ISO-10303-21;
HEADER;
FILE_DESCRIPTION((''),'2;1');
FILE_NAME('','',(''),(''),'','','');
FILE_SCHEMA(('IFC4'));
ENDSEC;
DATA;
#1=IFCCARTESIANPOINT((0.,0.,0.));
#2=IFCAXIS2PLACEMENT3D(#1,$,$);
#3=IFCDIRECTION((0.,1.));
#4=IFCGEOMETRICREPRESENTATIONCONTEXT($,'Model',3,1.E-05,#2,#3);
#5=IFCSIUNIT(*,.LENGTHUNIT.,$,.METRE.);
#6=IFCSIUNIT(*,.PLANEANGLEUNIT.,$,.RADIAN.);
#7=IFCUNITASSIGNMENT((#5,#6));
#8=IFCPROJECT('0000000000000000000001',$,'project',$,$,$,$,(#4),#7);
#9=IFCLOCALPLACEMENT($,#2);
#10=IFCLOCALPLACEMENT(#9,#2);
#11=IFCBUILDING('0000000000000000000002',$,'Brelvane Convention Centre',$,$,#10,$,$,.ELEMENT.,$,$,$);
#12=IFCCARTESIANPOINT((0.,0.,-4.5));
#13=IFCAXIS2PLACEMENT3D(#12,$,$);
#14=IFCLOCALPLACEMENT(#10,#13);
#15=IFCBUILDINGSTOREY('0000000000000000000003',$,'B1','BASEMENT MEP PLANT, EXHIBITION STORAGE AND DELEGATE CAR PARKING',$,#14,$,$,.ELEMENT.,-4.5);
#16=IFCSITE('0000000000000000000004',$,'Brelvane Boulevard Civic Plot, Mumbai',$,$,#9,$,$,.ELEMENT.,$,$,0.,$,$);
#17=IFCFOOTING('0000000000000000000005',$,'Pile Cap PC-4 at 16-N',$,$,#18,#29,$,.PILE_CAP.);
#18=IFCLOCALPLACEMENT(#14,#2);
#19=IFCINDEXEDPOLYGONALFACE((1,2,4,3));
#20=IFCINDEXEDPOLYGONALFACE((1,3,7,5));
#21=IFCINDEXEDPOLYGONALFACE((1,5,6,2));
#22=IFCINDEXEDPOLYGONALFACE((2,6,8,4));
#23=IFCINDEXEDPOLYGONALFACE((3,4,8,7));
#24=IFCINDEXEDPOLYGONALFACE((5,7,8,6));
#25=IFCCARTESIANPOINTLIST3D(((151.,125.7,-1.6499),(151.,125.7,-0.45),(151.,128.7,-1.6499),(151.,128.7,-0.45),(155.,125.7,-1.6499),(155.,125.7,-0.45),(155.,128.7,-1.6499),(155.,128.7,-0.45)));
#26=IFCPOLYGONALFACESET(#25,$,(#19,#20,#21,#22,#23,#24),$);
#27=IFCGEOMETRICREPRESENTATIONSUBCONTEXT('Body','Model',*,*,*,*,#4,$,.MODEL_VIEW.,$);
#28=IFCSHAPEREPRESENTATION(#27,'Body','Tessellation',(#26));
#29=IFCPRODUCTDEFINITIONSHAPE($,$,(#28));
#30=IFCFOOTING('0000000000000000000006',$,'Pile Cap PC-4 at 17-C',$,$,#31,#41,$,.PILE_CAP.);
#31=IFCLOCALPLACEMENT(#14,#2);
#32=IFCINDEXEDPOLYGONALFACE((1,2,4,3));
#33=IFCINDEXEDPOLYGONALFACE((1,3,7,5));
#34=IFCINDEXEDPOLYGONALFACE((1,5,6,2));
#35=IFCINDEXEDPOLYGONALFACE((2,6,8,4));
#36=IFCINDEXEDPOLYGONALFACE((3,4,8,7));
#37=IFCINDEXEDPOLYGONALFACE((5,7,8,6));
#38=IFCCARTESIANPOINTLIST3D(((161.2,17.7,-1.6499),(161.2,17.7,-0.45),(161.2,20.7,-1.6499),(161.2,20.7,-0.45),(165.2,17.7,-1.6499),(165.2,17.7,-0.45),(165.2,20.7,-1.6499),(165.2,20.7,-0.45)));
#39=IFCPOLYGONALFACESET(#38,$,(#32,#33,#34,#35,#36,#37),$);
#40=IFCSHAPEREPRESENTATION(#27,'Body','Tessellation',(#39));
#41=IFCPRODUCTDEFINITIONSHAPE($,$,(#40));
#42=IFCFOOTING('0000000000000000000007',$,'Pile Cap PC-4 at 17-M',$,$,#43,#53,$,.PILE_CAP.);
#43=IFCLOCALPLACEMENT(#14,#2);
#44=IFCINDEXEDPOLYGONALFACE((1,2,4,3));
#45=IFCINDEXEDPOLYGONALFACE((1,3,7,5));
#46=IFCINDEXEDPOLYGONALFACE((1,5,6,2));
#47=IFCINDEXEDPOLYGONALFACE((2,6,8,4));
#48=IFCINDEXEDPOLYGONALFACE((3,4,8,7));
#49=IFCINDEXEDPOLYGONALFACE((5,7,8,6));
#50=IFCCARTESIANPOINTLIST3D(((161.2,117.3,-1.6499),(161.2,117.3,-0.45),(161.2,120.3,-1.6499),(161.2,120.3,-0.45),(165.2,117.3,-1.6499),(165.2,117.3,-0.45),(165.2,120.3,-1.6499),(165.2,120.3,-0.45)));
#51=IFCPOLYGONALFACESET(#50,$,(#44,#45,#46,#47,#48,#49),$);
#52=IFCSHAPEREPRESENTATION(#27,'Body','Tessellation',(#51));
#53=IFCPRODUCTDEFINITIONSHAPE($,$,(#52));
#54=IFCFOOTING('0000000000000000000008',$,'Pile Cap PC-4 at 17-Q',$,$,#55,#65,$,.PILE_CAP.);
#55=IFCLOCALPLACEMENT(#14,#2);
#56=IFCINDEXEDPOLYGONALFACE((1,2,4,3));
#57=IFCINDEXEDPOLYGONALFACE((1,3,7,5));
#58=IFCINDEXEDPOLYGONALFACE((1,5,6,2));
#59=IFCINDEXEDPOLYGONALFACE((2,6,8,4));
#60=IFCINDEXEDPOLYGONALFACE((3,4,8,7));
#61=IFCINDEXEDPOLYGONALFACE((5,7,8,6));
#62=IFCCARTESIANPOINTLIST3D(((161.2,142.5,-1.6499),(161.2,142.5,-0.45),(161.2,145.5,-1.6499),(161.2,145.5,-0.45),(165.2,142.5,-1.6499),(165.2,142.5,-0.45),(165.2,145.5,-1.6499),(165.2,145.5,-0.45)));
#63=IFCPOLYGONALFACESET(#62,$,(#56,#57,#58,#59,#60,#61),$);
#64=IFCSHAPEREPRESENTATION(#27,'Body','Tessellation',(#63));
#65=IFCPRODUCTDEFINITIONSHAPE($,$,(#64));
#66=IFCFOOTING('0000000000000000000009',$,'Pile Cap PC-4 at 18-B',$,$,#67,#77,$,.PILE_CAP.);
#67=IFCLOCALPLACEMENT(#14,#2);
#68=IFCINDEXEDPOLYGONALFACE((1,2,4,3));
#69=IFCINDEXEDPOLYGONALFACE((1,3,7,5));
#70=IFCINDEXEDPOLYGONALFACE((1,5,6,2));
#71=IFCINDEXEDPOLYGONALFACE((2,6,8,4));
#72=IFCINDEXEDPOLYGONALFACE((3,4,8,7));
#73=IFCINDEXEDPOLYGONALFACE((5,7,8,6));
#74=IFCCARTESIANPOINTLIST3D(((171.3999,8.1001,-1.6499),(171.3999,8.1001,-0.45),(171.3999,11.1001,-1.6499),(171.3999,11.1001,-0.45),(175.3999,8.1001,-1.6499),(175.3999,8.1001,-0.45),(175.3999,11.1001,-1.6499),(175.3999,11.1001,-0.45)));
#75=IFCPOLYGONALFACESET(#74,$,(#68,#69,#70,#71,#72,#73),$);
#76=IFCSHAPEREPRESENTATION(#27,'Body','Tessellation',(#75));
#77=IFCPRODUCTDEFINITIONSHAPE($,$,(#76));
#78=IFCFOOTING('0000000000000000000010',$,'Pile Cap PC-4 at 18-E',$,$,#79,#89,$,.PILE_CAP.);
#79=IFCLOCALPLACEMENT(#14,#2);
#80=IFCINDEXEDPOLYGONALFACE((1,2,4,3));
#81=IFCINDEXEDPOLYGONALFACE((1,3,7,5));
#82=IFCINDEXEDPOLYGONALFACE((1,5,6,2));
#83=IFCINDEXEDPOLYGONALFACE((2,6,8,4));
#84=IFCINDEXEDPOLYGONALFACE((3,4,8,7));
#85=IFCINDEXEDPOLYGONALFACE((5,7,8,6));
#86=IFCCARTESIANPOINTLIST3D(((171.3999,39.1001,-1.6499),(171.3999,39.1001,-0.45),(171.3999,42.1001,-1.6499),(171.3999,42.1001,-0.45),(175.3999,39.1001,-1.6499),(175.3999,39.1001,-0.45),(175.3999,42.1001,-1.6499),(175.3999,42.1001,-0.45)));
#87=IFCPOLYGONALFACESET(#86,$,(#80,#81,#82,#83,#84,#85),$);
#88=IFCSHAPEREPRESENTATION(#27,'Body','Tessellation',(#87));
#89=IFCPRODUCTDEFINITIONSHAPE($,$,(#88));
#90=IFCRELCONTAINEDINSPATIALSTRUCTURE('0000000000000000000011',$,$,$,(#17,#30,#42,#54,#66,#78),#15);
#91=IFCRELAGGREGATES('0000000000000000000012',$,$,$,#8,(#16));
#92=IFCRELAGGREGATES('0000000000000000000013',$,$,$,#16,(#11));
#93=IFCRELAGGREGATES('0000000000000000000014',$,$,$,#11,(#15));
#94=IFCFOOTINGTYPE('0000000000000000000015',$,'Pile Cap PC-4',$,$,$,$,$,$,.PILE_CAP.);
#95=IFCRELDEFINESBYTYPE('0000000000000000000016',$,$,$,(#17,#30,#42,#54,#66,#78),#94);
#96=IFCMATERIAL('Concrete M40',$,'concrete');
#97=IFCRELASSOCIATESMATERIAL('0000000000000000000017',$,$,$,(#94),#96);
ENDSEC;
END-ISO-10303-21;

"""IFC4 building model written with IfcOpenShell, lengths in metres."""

from ifc_helpers import new_model, si_unit, direction, frame, origin, place, context, subcontext, project, spatial, polyline, outline, extrude, material, type_object, element, save


model = new_model("IFC4")

# Units and contexts
model_context = context("Model", 3, precision=1e-05, world=origin(), true_north=direction((0.0, 1.0)))
body_context = subcontext(model_context, "Body", "Model", "MODEL_VIEW")
ifc_project = project(units=[si_unit("LENGTHUNIT", "METRE"), si_unit("PLANEANGLEUNIT", "RADIAN")], contexts=[model_context])

# Site, building, storey
site_placement = place(None, origin())
site = spatial("IfcSite", under=ifc_project, at=site_placement, Name="Brelvane Boulevard Civic Plot, Mumbai", CompositionType="ELEMENT", RefElevation=0.0)
building_placement = place(site_placement, origin())
building = spatial("IfcBuilding", under=site, at=building_placement, Name="Brelvane Convention Centre", CompositionType="ELEMENT")
storey_placement = place(building_placement, frame((0.0, 0.0, -4.5)))
storey = spatial("IfcBuildingStorey", under=building, at=storey_placement, Name="B1", Description="BASEMENT MEP PLANT, EXHIBITION STORAGE AND DELEGATE CAR PARKING", CompositionType="ELEMENT", Elevation=-4.5)

# Footings
ifc_material_1 = material(Name="Concrete M40", Category="concrete")
footing_type_1 = type_object("IfcFootingType", Name="Pile Cap PC-4", PredefinedType="PILE_CAP", material=ifc_material_1)
footing_1_placement = place(storey_placement, frame((0.0, 0.0, -1.6499)))
element("IfcFooting", 1, at=footing_1_placement, inside=storey, type_object=footing_type_1, Name="Pile Cap PC-4 at 16-N", PredefinedType="PILE_CAP", context=body_context, shape_type="SweptSolid", body=[
    extrude(outline(polyline([(151.0, 125.7), (155.0, 125.7), (155.0, 128.7), (151.0, 128.7), (151.0, 125.7)])), origin(), (0.0, 0.0, 1.0), 1.2),
])
footing_2_placement = place(storey_placement, frame((0.0, 0.0, -1.6499)))
element("IfcFooting", 2, at=footing_2_placement, inside=storey, type_object=footing_type_1, Name="Pile Cap PC-4 at 17-C", PredefinedType="PILE_CAP", context=body_context, shape_type="SweptSolid", body=[
    extrude(outline(polyline([(161.2, 17.7), (165.2, 17.7), (165.2, 20.7), (161.2, 20.7), (161.2, 17.7)])), origin(), (0.0, 0.0, 1.0), 1.2),
])
footing_3_placement = place(storey_placement, frame((0.0, 0.0, -1.6499)))
element("IfcFooting", 3, at=footing_3_placement, inside=storey, type_object=footing_type_1, Name="Pile Cap PC-4 at 17-M", PredefinedType="PILE_CAP", context=body_context, shape_type="SweptSolid", body=[
    extrude(outline(polyline([(161.2, 117.3), (165.2, 117.3), (165.2, 120.3), (161.2, 120.3), (161.2, 117.3)])), origin(), (0.0, 0.0, 1.0), 1.2),
])
footing_4_placement = place(storey_placement, frame((0.0, 0.0, -1.6499)))
element("IfcFooting", 4, at=footing_4_placement, inside=storey, type_object=footing_type_1, Name="Pile Cap PC-4 at 17-Q", PredefinedType="PILE_CAP", context=body_context, shape_type="SweptSolid", body=[
    extrude(outline(polyline([(161.2, 142.5), (165.2, 142.5), (165.2, 145.5), (161.2, 145.5), (161.2, 142.5)])), origin(), (0.0, 0.0, 1.0), 1.2),
])
footing_5_placement = place(storey_placement, frame((0.0, 0.0, -1.6499)))
element("IfcFooting", 5, at=footing_5_placement, inside=storey, type_object=footing_type_1, Name="Pile Cap PC-4 at 18-B", PredefinedType="PILE_CAP", context=body_context, shape_type="SweptSolid", body=[
    extrude(outline(polyline([(171.3999, 8.1001), (175.3999, 8.1001), (175.3999, 11.1001), (171.3999, 11.1001), (171.3999, 8.1001)])), origin(), (0.0, 0.0, 1.0), 1.2),
])
footing_6_placement = place(storey_placement, frame((0.0, 0.0, -1.6499)))
element("IfcFooting", 6, at=footing_6_placement, inside=storey, type_object=footing_type_1, Name="Pile Cap PC-4 at 18-E", PredefinedType="PILE_CAP", context=body_context, shape_type="SweptSolid", body=[
    extrude(outline(polyline([(171.3999, 39.1001), (175.3999, 39.1001), (175.3999, 42.1001), (171.3999, 42.1001), (171.3999, 39.1001)])), origin(), (0.0, 0.0, 1.0), 1.2),
])

save(model, "model.ifc")
